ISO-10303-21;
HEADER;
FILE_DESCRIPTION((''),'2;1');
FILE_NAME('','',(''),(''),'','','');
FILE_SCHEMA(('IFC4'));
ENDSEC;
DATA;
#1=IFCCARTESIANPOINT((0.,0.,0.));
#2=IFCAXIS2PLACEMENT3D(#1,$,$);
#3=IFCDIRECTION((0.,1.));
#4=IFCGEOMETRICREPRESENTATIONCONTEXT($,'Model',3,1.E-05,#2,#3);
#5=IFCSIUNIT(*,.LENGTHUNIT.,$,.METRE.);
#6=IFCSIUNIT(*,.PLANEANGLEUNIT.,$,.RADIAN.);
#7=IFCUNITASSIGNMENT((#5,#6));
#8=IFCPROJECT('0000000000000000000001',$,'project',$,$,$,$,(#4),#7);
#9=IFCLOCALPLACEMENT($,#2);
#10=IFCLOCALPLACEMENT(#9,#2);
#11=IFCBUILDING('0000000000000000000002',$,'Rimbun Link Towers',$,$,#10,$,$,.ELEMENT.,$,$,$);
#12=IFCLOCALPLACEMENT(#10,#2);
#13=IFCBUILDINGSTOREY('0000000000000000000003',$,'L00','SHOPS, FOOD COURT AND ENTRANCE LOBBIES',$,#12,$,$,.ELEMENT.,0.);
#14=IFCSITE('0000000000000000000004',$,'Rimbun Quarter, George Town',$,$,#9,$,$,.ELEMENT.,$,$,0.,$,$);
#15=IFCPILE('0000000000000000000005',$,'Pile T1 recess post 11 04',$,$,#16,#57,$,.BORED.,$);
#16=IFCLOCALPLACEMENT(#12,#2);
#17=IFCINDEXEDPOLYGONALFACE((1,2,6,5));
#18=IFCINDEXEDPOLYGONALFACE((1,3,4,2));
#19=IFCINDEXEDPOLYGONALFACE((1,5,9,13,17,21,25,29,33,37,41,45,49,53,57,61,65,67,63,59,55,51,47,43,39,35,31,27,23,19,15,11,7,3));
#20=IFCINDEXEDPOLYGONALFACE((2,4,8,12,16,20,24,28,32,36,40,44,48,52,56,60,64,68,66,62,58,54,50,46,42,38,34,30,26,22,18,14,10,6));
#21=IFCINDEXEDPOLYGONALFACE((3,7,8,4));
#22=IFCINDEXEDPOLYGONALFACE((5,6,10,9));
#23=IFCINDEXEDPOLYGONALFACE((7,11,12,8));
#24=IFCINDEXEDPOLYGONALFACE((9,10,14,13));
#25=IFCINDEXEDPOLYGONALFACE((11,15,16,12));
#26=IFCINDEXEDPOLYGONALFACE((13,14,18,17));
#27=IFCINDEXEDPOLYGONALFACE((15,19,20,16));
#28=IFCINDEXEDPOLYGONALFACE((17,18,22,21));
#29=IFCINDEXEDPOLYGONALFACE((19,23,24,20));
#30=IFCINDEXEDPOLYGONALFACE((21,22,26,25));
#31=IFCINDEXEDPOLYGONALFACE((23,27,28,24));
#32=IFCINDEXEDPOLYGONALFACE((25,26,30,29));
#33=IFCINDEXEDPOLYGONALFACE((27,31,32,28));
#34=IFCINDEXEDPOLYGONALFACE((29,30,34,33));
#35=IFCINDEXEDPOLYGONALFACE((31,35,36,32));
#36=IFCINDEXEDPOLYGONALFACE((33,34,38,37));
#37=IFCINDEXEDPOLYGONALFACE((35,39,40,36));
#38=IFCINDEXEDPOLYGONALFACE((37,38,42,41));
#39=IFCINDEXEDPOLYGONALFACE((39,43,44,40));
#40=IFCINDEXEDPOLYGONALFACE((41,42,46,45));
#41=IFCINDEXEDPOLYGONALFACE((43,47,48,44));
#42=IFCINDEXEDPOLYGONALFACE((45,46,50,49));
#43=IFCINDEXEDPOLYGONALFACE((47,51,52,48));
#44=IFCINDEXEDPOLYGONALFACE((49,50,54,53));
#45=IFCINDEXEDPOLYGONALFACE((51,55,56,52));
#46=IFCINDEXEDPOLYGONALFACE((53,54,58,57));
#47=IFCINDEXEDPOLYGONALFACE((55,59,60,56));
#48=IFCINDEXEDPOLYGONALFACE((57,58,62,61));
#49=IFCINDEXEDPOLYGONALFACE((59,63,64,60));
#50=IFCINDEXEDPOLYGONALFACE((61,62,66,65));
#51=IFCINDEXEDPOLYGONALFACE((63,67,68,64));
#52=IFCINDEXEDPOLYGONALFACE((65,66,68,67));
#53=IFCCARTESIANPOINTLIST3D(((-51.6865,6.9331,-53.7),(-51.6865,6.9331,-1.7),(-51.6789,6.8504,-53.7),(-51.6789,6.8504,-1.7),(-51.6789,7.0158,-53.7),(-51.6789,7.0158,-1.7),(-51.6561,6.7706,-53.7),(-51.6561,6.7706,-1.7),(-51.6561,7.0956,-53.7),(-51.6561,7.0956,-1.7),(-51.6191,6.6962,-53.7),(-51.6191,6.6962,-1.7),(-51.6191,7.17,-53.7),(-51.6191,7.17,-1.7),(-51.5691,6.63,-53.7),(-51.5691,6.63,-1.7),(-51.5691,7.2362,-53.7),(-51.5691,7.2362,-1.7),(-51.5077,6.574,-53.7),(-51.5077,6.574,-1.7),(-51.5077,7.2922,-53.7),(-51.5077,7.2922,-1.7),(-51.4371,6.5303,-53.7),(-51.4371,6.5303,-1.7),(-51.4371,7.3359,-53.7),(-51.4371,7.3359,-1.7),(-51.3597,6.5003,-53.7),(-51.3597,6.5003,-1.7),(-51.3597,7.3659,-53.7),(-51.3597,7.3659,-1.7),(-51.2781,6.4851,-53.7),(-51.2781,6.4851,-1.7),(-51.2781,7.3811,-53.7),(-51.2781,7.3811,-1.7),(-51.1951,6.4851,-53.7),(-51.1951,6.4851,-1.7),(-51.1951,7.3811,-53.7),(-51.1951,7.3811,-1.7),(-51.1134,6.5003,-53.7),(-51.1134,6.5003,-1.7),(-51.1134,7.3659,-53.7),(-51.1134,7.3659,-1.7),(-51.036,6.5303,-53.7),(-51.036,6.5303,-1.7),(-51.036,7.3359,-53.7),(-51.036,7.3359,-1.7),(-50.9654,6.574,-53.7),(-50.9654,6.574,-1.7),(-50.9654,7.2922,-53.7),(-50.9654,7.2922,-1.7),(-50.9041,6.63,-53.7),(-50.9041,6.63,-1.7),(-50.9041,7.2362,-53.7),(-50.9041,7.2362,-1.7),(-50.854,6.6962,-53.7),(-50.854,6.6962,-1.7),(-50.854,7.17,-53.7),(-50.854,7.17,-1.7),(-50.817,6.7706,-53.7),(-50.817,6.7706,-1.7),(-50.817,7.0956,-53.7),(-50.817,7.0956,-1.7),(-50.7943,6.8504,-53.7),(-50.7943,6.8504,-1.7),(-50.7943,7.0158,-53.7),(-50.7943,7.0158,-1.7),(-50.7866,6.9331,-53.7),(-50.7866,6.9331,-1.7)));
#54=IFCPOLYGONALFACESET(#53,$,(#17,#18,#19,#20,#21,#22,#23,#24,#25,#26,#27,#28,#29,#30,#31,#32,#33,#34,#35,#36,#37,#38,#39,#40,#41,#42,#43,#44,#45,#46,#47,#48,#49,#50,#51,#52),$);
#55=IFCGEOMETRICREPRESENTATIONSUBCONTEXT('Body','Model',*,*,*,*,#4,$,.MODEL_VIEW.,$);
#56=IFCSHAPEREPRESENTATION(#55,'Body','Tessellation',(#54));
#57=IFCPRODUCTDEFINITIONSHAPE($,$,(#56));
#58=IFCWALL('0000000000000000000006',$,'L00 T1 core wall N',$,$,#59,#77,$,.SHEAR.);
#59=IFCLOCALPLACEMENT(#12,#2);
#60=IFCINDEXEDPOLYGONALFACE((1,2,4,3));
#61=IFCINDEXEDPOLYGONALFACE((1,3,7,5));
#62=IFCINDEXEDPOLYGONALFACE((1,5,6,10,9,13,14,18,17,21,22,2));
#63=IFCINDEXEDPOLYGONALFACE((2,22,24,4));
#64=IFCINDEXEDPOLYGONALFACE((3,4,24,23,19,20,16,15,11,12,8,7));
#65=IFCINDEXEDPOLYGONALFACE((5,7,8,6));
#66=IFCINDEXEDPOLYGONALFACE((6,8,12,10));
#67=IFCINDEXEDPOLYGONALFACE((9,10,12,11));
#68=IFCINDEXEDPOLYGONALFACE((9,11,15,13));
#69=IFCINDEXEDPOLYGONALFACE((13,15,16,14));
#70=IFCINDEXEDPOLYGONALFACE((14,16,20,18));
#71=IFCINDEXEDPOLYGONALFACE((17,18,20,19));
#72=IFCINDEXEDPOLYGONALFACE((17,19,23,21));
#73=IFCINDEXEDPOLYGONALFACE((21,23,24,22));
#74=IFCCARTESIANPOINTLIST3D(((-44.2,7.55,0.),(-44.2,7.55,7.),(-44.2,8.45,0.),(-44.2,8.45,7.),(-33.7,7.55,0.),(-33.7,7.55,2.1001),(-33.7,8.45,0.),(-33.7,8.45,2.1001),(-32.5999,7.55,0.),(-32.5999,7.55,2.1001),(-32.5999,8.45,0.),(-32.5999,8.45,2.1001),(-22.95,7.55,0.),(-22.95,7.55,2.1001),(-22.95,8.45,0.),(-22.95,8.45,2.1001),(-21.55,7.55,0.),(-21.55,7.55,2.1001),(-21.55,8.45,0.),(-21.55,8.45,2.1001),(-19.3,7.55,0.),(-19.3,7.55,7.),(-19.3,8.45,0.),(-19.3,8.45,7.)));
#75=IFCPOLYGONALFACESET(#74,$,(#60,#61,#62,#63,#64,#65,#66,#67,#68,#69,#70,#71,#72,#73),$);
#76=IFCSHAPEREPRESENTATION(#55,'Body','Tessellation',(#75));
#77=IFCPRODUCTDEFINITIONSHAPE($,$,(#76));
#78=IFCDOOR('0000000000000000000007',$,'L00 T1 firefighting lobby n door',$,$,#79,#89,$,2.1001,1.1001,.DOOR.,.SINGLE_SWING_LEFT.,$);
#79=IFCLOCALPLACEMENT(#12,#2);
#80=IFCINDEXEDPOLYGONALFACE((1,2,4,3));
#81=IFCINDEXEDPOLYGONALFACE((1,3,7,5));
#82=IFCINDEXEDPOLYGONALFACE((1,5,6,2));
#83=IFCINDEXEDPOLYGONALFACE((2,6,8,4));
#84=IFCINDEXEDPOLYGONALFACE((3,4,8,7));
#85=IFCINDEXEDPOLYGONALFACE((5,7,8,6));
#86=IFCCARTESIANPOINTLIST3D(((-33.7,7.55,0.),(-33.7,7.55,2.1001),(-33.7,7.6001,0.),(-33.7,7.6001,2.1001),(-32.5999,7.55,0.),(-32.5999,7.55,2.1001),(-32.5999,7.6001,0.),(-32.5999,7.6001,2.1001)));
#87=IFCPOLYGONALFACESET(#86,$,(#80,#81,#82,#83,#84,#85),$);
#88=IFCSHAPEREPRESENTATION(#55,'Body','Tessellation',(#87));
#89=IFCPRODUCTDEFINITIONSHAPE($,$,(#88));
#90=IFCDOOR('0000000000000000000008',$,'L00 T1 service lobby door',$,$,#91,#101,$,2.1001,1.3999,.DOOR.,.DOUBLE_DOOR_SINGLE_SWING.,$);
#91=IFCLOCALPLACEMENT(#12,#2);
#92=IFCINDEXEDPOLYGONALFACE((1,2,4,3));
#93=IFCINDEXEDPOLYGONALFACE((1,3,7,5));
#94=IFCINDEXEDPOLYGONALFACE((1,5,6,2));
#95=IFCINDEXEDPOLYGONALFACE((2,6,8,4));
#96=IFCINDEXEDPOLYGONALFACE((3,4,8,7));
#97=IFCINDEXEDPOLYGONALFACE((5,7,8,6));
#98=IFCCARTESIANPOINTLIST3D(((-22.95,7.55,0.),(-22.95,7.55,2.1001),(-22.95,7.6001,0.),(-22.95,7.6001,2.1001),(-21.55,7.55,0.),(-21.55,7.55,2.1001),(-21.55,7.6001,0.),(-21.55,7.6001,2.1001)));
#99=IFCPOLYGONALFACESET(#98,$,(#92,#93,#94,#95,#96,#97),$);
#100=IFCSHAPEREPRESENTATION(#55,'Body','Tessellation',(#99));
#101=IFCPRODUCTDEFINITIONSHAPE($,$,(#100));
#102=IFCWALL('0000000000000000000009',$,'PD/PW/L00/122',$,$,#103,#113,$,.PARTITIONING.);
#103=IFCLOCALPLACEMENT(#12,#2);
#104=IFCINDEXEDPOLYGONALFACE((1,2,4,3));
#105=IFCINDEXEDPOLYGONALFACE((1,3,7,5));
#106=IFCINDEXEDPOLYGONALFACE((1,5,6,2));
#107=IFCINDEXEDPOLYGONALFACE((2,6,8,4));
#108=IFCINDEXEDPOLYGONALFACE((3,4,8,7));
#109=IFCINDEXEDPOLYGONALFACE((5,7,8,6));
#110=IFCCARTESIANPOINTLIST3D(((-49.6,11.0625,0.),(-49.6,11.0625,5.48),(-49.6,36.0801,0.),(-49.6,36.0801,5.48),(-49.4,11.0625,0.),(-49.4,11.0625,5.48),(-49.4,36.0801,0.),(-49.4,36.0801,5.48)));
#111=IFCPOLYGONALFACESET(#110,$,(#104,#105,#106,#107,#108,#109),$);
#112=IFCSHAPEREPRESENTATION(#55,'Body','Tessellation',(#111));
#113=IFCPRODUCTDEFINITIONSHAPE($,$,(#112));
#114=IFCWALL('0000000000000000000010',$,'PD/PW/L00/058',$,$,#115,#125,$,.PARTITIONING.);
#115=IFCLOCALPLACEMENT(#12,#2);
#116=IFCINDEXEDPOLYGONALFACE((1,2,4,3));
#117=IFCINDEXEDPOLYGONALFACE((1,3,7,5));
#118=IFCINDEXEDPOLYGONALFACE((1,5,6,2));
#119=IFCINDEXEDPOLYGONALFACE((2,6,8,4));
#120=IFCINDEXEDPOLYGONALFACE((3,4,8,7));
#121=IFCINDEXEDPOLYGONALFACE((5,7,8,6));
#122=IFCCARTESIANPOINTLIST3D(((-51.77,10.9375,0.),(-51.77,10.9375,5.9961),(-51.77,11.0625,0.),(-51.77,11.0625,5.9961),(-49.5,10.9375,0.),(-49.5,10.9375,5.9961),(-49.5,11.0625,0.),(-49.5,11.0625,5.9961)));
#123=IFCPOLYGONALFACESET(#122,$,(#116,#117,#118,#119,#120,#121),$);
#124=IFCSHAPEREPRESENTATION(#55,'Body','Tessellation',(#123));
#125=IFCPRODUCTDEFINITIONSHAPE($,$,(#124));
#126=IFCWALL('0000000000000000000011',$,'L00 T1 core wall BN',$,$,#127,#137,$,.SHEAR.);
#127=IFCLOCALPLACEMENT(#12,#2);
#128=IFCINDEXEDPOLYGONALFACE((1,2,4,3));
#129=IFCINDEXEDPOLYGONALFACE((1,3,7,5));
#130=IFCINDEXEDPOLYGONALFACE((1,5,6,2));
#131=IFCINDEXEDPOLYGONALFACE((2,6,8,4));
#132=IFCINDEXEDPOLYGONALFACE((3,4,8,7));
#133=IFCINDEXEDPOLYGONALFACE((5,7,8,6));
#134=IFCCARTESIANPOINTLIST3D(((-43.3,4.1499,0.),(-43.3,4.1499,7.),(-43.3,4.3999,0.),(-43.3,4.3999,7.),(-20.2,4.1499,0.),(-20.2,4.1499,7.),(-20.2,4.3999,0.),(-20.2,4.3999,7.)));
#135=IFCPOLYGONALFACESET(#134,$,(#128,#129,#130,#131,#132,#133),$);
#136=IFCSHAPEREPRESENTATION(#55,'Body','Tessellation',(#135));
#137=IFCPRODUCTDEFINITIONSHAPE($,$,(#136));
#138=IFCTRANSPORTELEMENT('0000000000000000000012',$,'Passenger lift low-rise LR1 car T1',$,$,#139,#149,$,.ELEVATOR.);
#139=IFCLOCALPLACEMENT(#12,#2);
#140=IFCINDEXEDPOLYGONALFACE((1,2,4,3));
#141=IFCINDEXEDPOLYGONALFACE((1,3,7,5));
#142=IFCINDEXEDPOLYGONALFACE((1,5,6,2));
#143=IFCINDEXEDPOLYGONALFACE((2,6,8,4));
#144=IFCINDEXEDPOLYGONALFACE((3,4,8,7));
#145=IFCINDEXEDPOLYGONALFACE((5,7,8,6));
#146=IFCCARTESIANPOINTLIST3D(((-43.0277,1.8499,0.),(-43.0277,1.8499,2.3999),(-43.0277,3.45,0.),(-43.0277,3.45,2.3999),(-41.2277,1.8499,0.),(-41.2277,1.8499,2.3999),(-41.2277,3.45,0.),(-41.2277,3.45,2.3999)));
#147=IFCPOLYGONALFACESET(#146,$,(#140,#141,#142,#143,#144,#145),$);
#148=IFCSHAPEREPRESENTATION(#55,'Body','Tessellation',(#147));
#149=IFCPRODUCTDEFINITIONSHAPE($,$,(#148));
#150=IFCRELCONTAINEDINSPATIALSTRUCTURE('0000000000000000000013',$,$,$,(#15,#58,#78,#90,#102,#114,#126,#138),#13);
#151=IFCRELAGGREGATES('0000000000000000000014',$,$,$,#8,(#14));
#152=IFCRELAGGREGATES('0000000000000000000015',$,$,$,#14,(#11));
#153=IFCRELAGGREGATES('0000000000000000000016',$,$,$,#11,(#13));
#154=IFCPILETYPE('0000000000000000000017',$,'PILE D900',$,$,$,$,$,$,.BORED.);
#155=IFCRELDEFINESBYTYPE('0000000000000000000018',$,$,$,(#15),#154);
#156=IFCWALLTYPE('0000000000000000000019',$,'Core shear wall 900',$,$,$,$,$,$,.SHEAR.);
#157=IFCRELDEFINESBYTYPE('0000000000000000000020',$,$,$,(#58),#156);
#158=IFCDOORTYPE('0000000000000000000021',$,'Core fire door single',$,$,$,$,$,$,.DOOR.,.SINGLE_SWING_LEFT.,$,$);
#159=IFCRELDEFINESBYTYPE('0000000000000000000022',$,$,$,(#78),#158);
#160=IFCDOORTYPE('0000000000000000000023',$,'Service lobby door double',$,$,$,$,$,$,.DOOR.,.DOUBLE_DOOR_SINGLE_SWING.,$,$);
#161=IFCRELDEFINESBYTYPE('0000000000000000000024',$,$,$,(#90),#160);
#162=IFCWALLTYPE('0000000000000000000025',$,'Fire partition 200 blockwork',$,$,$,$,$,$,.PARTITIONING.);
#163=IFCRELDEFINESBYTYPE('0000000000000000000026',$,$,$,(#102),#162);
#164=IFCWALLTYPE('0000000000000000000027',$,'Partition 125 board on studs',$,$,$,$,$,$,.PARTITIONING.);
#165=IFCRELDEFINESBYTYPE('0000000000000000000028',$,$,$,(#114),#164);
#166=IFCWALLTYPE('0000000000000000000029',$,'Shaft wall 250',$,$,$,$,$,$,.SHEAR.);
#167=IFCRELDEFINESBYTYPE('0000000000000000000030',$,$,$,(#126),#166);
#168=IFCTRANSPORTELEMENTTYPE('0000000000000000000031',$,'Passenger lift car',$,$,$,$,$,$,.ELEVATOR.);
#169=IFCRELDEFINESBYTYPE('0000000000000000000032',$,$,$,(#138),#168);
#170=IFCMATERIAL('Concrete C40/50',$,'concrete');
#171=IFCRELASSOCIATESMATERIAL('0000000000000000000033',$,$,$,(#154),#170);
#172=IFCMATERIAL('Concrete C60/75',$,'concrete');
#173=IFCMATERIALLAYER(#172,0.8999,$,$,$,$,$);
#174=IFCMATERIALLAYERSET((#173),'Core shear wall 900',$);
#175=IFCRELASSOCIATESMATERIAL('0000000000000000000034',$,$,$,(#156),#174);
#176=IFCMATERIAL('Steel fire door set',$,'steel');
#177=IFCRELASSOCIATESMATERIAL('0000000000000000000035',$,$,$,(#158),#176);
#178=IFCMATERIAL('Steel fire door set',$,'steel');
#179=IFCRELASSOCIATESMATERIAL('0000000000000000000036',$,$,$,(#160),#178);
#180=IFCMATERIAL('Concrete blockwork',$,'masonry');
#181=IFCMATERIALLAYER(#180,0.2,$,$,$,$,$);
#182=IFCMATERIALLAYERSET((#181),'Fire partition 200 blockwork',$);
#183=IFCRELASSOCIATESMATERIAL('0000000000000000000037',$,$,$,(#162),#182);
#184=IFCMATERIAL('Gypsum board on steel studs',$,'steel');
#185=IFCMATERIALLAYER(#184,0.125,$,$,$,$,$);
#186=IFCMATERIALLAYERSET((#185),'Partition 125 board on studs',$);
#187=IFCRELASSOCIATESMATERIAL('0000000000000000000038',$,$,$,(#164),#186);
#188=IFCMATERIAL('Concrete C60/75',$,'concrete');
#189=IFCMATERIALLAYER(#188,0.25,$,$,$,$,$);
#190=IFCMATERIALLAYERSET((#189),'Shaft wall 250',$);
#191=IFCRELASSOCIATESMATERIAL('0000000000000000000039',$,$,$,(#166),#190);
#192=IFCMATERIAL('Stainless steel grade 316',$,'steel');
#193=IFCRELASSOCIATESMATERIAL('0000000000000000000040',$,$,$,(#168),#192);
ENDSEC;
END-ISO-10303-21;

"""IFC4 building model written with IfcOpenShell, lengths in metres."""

from ifc_helpers import new_model, si_unit, direction, frame, frame_2d, origin, origin_2d, place, context, subcontext, project, spatial, rectangle, circle, extrude, material, layer, layer_set, material_profile, profile_set, type_object, element, fill, save


model = new_model("IFC4")

# Units and contexts
model_context = context("Model", 3, precision=1e-05, world=origin(), true_north=direction((0.0, 1.0)))
body_context = subcontext(model_context, "Body", "Model", "MODEL_VIEW")
ifc_project = project(units=[si_unit("LENGTHUNIT", "METRE"), si_unit("PLANEANGLEUNIT", "RADIAN")], contexts=[model_context])

# Site, building, storey
site_placement = place(None, origin())
site = spatial("IfcSite", under=ifc_project, at=site_placement, Name="Rimbun Quarter, George Town", CompositionType="ELEMENT", RefElevation=0.0)
building_placement = place(site_placement, origin())
building = spatial("IfcBuilding", under=site, at=building_placement, Name="Rimbun Link Towers", CompositionType="ELEMENT")
storey_placement = place(building_placement, origin())
storey = spatial("IfcBuildingStorey", under=building, at=storey_placement, Name="L00", Description="SHOPS, FOOD COURT AND ENTRANCE LOBBIES", CompositionType="ELEMENT", Elevation=0.0)

# Pile
ifc_material_1 = material(Name="Concrete C40/50", Category="concrete")
ifc_material_profile_1 = material_profile(ifc_material_1, circle(Radius=0.45, at=origin_2d()), Name="PILE D900")
ifc_profile_set_1 = profile_set([ifc_material_profile_1], Name="Concrete C40/50")
pile_type_1 = type_object("IfcPileType", Name="PILE D900", PredefinedType="BORED", material=ifc_profile_set_1)
pile_placement = place(storey_placement, frame((-51.2366, 6.9331, -1.7), z_axis=(0.0, 0.0, -1.0), x_axis=(1.0, 0.0, 0.0)))
element("IfcPile", 1, at=pile_placement, inside=storey, type_object=pile_type_1, Name="Pile T1 recess post 11 04", PredefinedType="BORED", context=body_context, shape_type="SweptSolid", body=[
    extrude(circle(Radius=0.45, at=origin_2d()), origin(), (0.0, 0.0, 1.0), 52.0),
])

# Wall, openings, doors
ifc_material_2 = material(Name="Concrete C60/75", Category="concrete")
ifc_layer_1 = layer(ifc_material_2, 0.8999)
ifc_layer_set_1 = layer_set([ifc_layer_1], Name="Core shear wall 900")
wall_type_1 = type_object("IfcWallType", Name="Core shear wall 900", PredefinedType="SHEAR", material=ifc_layer_set_1)
wall_1_placement = place(storey_placement, frame((-44.2, 8.0, 0.0), z_axis=(0.0, 0.0, 1.0), x_axis=(1.0, 0.0, 0.0)))
wall_1 = element("IfcWall", 2, at=wall_1_placement, inside=storey, type_object=wall_type_1, Name="L00 T1 core wall N", PredefinedType="SHEAR", context=body_context, shape_type="SweptSolid", body=[
    extrude(rectangle(XDim=24.8999, YDim=0.8999, at=frame_2d((12.45, 0.0))), origin(), (0.0, 0.0, 1.0), 7.0),
])
opening_1_placement = place(wall_1_placement, frame((10.5, 0.0, 0.0)))
opening_1 = element("IfcOpeningElement", 3, at=opening_1_placement, cuts=wall_1, PredefinedType="OPENING", context=body_context, shape_type="SweptSolid", body=[
    extrude(rectangle(XDim=1.1001, YDim=2.1001, at=frame_2d((0.55, 1.05))), frame((0.0, 0.46, 0.0), z_axis=(0.0, -1.0, 0.0), x_axis=(1.0, 0.0, 0.0)), (0.0, 0.0, 1.0), 0.9199),
])
opening_2_placement = place(wall_1_placement, frame((21.25, 0.0, 0.0)))
opening_2 = element("IfcOpeningElement", 4, at=opening_2_placement, cuts=wall_1, PredefinedType="OPENING", context=body_context, shape_type="SweptSolid", body=[
    extrude(rectangle(XDim=1.3999, YDim=2.1001, at=frame_2d((0.7, 1.05))), frame((0.0, 0.46, 0.0), z_axis=(0.0, -1.0, 0.0), x_axis=(1.0, 0.0, 0.0)), (0.0, 0.0, 1.0), 0.9199),
])
ifc_material_3 = material(Name="Steel fire door set", Category="steel")
door_type_1 = type_object("IfcDoorType", Name="Core fire door single", OperationType="SINGLE_SWING_LEFT", PredefinedType="DOOR", material=ifc_material_3)
door_1_placement = place(opening_1_placement, origin())
door_1 = element("IfcDoor", 5, at=door_1_placement, inside=storey, type_object=door_type_1, Name="L00 T1 firefighting lobby n door", OperationType="SINGLE_SWING_LEFT", OverallHeight=2.1001, OverallWidth=1.1001, PredefinedType="DOOR", context=body_context, shape_type="SweptSolid", body=[
    extrude(rectangle(XDim=1.1001, YDim=2.1001, at=frame_2d((0.55, 1.05))), frame((0.0, -0.3999, 0.0), z_axis=(0.0, -1.0, 0.0), x_axis=(1.0, 0.0, 0.0)), (0.0, 0.0, 1.0), 0.05),
])
fill(opening_1, door_1)
ifc_material_4 = material(Name="Steel fire door set", Category="steel")
door_type_2 = type_object("IfcDoorType", Name="Service lobby door double", OperationType="DOUBLE_DOOR_SINGLE_SWING", PredefinedType="DOOR", material=ifc_material_4)
door_2_placement = place(opening_2_placement, origin())
door_2 = element("IfcDoor", 6, at=door_2_placement, inside=storey, type_object=door_type_2, Name="L00 T1 service lobby door", OperationType="DOUBLE_DOOR_SINGLE_SWING", OverallHeight=2.1001, OverallWidth=1.3999, PredefinedType="DOOR", context=body_context, shape_type="SweptSolid", body=[
    extrude(rectangle(XDim=1.3999, YDim=2.1001, at=frame_2d((0.7, 1.05))), frame((0.0, -0.3999, 0.0), z_axis=(0.0, -1.0, 0.0), x_axis=(1.0, 0.0, 0.0)), (0.0, 0.0, 1.0), 0.05),
])
fill(opening_2, door_2)

# Walls
ifc_material_5 = material(Name="Concrete blockwork", Category="masonry")
ifc_layer_2 = layer(ifc_material_5, 0.2)
ifc_layer_set_2 = layer_set([ifc_layer_2], Name="Fire partition 200 blockwork")
wall_type_2 = type_object("IfcWallType", Name="Fire partition 200 blockwork", PredefinedType="PARTITIONING", material=ifc_layer_set_2)
wall_2_placement = place(storey_placement, frame((-49.5, 11.0625, 0.0), z_axis=(0.0, 0.0, 1.0), x_axis=(0.0, 1.0, 0.0)))
element("IfcWall", 7, at=wall_2_placement, inside=storey, type_object=wall_type_2, Name="PD/PW/L00/122", PredefinedType="PARTITIONING", context=body_context, shape_type="SweptSolid", body=[
    extrude(rectangle(XDim=25.0176, YDim=0.2, at=frame_2d((12.5088, 0.0))), origin(), (0.0, 0.0, 1.0), 5.48),
])
ifc_material_6 = material(Name="Gypsum board on steel studs", Category="steel")
ifc_layer_3 = layer(ifc_material_6, 0.125)
ifc_layer_set_3 = layer_set([ifc_layer_3], Name="Partition 125 board on studs")
wall_type_3 = type_object("IfcWallType", Name="Partition 125 board on studs", PredefinedType="PARTITIONING", material=ifc_layer_set_3)
wall_3_placement = place(storey_placement, frame((-49.5, 11.0, 0.0), z_axis=(0.0, 0.0, 1.0), x_axis=(-1.0, 0.0, 0.0)))
element("IfcWall", 8, at=wall_3_placement, inside=storey, type_object=wall_type_3, Name="PD/PW/L00/058", PredefinedType="PARTITIONING", context=body_context, shape_type="SweptSolid", body=[
    extrude(rectangle(XDim=2.27, YDim=0.125, at=frame_2d((1.135, 0.0))), origin(), (0.0, 0.0, 1.0), 5.9961),
])
ifc_material_7 = material(Name="Concrete C60/75", Category="concrete")
ifc_layer_4 = layer(ifc_material_7, 0.25)
ifc_layer_set_4 = layer_set([ifc_layer_4], Name="Shaft wall 250")
wall_type_4 = type_object("IfcWallType", Name="Shaft wall 250", PredefinedType="SHEAR", material=ifc_layer_set_4)
wall_4_placement = place(storey_placement, frame((-43.3, 4.2749, 0.0), z_axis=(0.0, 0.0, 1.0), x_axis=(1.0, 0.0, 0.0)))
element("IfcWall", 9, at=wall_4_placement, inside=storey, type_object=wall_type_4, Name="L00 T1 core wall BN", PredefinedType="SHEAR", context=body_context, shape_type="SweptSolid", body=[
    extrude(rectangle(XDim=23.1001, YDim=0.25, at=frame_2d((11.55, 0.0))), origin(), (0.0, 0.0, 1.0), 7.0),
])

# Transport element
ifc_material_8 = material(Name="Stainless steel grade 316", Category="steel")
transport_element_type = type_object("IfcTransportElementType", Name="Passenger lift car", PredefinedType="ELEVATOR", material=ifc_material_8)
transport_element_placement = place(storey_placement, frame((-42.1277, 2.6499, 0.0), z_axis=(0.0, 0.0, 1.0), x_axis=(1.0, 0.0, 0.0)))
element("IfcTransportElement", 10, at=transport_element_placement, inside=storey, type_object=transport_element_type, Name="Passenger lift low-rise LR1 car T1", PredefinedType="ELEVATOR", context=body_context, shape_type="SweptSolid", body=[
    extrude(rectangle(XDim=1.8, YDim=1.6001, at=origin_2d()), origin(), (0.0, 0.0, 1.0), 2.3999),
])

save(model, "model.ifc")
